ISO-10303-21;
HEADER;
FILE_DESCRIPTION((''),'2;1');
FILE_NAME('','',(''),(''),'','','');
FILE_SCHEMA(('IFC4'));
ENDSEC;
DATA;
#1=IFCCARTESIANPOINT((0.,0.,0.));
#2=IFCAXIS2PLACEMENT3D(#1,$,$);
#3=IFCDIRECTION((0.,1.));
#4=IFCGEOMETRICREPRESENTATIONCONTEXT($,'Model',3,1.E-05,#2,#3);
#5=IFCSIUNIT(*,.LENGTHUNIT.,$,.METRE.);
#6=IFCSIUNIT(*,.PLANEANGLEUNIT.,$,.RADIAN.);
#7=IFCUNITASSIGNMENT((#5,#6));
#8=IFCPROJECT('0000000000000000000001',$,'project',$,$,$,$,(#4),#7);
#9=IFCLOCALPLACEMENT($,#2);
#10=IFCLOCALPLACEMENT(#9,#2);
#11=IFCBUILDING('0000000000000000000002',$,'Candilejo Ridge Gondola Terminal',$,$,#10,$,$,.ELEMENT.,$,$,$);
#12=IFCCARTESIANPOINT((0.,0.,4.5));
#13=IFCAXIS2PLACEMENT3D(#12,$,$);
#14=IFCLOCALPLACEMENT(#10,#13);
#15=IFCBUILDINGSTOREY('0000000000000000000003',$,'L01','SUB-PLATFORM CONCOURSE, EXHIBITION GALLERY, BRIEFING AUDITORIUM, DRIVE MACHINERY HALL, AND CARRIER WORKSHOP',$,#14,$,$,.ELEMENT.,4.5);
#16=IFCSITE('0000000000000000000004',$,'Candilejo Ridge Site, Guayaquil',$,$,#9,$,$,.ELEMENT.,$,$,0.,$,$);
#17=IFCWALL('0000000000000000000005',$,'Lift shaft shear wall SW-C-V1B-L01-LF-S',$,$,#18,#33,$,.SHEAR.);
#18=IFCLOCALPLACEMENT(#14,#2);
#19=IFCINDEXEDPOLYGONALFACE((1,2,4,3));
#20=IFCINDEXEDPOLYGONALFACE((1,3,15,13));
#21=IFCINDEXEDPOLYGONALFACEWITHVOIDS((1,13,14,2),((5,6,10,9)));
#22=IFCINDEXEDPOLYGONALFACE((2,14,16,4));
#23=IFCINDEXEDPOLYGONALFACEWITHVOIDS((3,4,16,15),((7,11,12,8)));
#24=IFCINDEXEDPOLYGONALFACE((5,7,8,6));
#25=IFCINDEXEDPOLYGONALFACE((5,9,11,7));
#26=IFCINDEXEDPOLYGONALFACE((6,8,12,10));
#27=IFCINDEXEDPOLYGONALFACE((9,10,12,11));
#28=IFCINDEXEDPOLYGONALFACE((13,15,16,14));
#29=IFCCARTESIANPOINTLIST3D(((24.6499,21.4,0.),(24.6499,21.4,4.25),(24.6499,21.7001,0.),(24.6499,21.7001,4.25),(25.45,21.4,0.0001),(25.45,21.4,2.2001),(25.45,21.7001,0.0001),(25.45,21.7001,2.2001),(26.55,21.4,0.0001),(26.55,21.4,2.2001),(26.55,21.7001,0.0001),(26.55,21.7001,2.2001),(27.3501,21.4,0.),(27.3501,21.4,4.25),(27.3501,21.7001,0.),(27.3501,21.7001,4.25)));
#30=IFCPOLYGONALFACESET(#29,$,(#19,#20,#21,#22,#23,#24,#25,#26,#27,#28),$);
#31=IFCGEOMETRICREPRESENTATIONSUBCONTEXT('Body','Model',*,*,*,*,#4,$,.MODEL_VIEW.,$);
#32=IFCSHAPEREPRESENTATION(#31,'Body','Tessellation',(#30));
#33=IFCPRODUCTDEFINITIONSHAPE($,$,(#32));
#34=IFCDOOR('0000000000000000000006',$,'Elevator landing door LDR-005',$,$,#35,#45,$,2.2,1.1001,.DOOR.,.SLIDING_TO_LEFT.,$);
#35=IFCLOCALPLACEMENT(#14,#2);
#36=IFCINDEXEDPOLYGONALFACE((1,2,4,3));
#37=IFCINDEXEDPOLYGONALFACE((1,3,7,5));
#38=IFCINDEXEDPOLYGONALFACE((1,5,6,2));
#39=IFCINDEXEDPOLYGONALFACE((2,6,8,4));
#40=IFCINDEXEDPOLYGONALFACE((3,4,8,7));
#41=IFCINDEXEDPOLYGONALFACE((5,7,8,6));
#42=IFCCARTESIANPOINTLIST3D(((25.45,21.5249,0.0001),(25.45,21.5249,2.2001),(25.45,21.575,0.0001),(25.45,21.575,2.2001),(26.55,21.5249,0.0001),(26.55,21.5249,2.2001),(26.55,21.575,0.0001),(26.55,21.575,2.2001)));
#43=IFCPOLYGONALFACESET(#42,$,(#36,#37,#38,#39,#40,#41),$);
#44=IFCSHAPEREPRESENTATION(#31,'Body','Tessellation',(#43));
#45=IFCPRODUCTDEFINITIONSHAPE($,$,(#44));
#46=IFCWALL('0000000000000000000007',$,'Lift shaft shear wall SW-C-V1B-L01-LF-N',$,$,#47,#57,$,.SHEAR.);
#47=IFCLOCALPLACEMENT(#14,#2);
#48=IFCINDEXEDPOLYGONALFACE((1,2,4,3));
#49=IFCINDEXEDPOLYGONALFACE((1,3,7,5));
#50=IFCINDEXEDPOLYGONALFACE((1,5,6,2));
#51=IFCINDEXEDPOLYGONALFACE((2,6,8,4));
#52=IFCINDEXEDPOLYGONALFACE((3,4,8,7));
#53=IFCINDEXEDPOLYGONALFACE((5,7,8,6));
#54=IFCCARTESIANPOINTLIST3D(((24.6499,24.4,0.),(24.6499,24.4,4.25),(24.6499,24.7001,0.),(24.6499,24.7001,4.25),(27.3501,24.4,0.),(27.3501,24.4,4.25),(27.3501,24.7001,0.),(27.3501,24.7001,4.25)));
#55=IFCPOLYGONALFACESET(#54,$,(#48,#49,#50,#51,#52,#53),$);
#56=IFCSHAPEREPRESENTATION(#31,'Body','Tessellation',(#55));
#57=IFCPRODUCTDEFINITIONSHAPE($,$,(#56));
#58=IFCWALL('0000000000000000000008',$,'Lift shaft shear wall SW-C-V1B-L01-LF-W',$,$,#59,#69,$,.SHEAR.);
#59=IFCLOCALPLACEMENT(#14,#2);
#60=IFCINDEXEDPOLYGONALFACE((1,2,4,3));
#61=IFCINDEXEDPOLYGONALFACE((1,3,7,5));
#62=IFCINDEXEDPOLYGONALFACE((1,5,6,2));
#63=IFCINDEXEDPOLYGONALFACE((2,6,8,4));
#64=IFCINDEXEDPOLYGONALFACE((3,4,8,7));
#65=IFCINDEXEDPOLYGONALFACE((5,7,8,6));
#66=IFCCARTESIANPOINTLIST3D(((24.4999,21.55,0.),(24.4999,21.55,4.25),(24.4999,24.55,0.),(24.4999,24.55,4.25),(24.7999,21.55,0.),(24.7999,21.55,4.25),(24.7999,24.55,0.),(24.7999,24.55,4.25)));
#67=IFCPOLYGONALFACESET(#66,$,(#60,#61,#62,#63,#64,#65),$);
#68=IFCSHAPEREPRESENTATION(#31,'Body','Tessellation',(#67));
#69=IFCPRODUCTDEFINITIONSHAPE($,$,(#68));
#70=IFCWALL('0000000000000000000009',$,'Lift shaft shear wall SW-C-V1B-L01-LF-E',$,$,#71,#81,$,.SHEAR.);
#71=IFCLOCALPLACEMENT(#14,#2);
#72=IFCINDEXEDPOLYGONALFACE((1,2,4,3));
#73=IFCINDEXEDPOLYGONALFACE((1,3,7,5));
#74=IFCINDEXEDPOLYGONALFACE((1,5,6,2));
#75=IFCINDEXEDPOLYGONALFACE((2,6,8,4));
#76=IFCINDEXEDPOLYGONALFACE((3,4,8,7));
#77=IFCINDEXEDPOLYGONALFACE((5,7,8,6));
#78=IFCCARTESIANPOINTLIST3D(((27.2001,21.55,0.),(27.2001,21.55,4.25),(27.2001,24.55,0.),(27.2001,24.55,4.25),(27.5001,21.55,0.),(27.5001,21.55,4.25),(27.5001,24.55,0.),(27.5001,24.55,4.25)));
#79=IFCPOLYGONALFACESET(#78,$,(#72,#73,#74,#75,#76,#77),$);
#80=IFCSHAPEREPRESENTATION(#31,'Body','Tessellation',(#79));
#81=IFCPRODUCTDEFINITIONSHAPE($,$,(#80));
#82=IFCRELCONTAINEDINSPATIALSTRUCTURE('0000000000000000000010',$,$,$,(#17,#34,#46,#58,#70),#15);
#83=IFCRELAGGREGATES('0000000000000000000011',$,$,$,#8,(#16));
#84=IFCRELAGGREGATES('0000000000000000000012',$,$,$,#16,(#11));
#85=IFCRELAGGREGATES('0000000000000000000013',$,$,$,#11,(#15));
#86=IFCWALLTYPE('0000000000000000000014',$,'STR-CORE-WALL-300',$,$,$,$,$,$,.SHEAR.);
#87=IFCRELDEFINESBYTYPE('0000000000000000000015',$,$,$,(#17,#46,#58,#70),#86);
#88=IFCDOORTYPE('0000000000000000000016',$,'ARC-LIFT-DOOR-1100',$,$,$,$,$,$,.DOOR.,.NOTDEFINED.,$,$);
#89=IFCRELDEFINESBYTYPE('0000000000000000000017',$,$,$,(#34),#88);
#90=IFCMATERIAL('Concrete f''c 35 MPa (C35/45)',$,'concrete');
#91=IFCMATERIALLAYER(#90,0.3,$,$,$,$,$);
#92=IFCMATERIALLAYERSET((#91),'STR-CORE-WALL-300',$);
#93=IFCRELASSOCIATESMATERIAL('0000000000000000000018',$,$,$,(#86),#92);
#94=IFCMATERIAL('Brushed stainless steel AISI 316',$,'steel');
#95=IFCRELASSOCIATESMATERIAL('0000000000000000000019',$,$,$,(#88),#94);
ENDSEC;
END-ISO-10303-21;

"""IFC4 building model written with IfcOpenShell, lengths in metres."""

from ifc_helpers import new_model, si_unit, direction, frame, frame_2d, origin, place, context, subcontext, project, spatial, rectangle, extrude, material, layer, layer_set, type_object, element, fill, save


model = new_model("IFC4")

# Units and contexts
model_context = context("Model", 3, precision=1e-05, world=origin(), true_north=direction((0.0, 1.0)))
body_context = subcontext(model_context, "Body", "Model", "MODEL_VIEW")
ifc_project = project(units=[si_unit("LENGTHUNIT", "METRE"), si_unit("PLANEANGLEUNIT", "RADIAN")], contexts=[model_context])

# Site, building, storey
site_placement = place(None, origin())
site = spatial("IfcSite", under=ifc_project, at=site_placement, Name="Candilejo Ridge Site, Guayaquil", CompositionType="ELEMENT", RefElevation=0.0)
building_placement = place(site_placement, origin())
building = spatial("IfcBuilding", under=site, at=building_placement, Name="Candilejo Ridge Gondola Terminal", CompositionType="ELEMENT")
storey_placement = place(building_placement, frame((0.0, 0.0, 4.5)))
storey = spatial("IfcBuildingStorey", under=building, at=storey_placement, Name="L01", Description="SUB-PLATFORM CONCOURSE, EXHIBITION GALLERY, BRIEFING AUDITORIUM, DRIVE MACHINERY HALL, AND CARRIER WORKSHOP", CompositionType="ELEMENT", Elevation=4.5)

# Wall, opening, door
ifc_material_1 = material(Name="Concrete f'c 35 MPa (C35/45)", Category="concrete")
ifc_layer_1 = layer(ifc_material_1, 0.3)
ifc_layer_set_1 = layer_set([ifc_layer_1], Name="STR-CORE-WALL-300")
wall_type_1 = type_object("IfcWallType", Name="STR-CORE-WALL-300", PredefinedType="SHEAR", material=ifc_layer_set_1)
wall_1_placement = place(storey_placement, frame((24.6499, 21.55, 0.0), z_axis=(0.0, 0.0, 1.0), x_axis=(1.0, 0.0, 0.0)))
wall_1 = element("IfcWall", 1, at=wall_1_placement, inside=storey, type_object=wall_type_1, Name="Lift shaft shear wall SW-C-V1B-L01-LF-S", PredefinedType="SHEAR", context=body_context, shape_type="SweptSolid", body=[
    extrude(rectangle(XDim=2.7002, YDim=0.3, at=frame_2d((1.3501, 0.0))), origin(), (0.0, 0.0, 1.0), 4.25),
])
opening_1_placement = place(wall_1_placement, frame((0.8, 0.0, 0.0)))
opening_1 = element("IfcOpeningElement", 2, at=opening_1_placement, cuts=wall_1, PredefinedType="OPENING", context=body_context, shape_type="SweptSolid", body=[
    extrude(rectangle(XDim=1.1001, YDim=2.2, at=frame_2d((0.55, 1.1001))), frame((0.0, 0.1599, 0.0), z_axis=(0.0, -1.0, 0.0), x_axis=(1.0, 0.0, 0.0)), (0.0, 0.0, 1.0), 0.3201),
])
ifc_material_2 = material(Name="Brushed stainless steel AISI 316", Category="steel")
door_type_1 = type_object("IfcDoorType", Name="ARC-LIFT-DOOR-1100", OperationType="NOTDEFINED", PredefinedType="DOOR", material=ifc_material_2)
door_1_placement = place(opening_1_placement, origin())
door_1 = element("IfcDoor", 3, at=door_1_placement, inside=storey, type_object=door_type_1, Name="Elevator landing door LDR-005", OperationType="SLIDING_TO_LEFT", OverallHeight=2.2, OverallWidth=1.1001, PredefinedType="DOOR", context=body_context, shape_type="SweptSolid", body=[
    extrude(rectangle(XDim=1.1001, YDim=2.2, at=frame_2d((0.55, 1.1001))), frame((0.0, 0.0249, 0.0), z_axis=(0.0, -1.0, 0.0), x_axis=(1.0, 0.0, 0.0)), (0.0, 0.0, 1.0), 0.05),
])
fill(opening_1, door_1)

# Walls
wall_2_placement = place(storey_placement, frame((24.6499, 24.55, 0.0), z_axis=(0.0, 0.0, 1.0), x_axis=(1.0, 0.0, 0.0)))
element("IfcWall", 4, at=wall_2_placement, inside=storey, type_object=wall_type_1, Name="Lift shaft shear wall SW-C-V1B-L01-LF-N", PredefinedType="SHEAR", context=body_context, shape_type="SweptSolid", body=[
    extrude(rectangle(XDim=2.7002, YDim=0.3, at=frame_2d((1.3501, 0.0))), origin(), (0.0, 0.0, 1.0), 4.25),
])
for number, where, z_axis, x_axis, name in (
    (5, (24.6499, 21.55, 0.0), (0.0, 0.0, 1.0), (0.0, 1.0, 0.0), "Lift shaft shear wall SW-C-V1B-L01-LF-W"),
    (6, (27.3501, 21.55, 0.0), (0.0, 0.0, 1.0), (0.0, 1.0, 0.0), "Lift shaft shear wall SW-C-V1B-L01-LF-E"),
):
    element("IfcWall", number, at=place(storey_placement, frame(where, z_axis=z_axis, x_axis=x_axis)), inside=storey, type_object=wall_type_1, Name=name, PredefinedType="SHEAR", context=body_context, shape_type="SweptSolid", body=[
        extrude(rectangle(XDim=3.0, YDim=0.3, at=frame_2d((1.5, 0.0))), origin(), (0.0, 0.0, 1.0), 4.25),
    ])

save(model, "model.ifc")
